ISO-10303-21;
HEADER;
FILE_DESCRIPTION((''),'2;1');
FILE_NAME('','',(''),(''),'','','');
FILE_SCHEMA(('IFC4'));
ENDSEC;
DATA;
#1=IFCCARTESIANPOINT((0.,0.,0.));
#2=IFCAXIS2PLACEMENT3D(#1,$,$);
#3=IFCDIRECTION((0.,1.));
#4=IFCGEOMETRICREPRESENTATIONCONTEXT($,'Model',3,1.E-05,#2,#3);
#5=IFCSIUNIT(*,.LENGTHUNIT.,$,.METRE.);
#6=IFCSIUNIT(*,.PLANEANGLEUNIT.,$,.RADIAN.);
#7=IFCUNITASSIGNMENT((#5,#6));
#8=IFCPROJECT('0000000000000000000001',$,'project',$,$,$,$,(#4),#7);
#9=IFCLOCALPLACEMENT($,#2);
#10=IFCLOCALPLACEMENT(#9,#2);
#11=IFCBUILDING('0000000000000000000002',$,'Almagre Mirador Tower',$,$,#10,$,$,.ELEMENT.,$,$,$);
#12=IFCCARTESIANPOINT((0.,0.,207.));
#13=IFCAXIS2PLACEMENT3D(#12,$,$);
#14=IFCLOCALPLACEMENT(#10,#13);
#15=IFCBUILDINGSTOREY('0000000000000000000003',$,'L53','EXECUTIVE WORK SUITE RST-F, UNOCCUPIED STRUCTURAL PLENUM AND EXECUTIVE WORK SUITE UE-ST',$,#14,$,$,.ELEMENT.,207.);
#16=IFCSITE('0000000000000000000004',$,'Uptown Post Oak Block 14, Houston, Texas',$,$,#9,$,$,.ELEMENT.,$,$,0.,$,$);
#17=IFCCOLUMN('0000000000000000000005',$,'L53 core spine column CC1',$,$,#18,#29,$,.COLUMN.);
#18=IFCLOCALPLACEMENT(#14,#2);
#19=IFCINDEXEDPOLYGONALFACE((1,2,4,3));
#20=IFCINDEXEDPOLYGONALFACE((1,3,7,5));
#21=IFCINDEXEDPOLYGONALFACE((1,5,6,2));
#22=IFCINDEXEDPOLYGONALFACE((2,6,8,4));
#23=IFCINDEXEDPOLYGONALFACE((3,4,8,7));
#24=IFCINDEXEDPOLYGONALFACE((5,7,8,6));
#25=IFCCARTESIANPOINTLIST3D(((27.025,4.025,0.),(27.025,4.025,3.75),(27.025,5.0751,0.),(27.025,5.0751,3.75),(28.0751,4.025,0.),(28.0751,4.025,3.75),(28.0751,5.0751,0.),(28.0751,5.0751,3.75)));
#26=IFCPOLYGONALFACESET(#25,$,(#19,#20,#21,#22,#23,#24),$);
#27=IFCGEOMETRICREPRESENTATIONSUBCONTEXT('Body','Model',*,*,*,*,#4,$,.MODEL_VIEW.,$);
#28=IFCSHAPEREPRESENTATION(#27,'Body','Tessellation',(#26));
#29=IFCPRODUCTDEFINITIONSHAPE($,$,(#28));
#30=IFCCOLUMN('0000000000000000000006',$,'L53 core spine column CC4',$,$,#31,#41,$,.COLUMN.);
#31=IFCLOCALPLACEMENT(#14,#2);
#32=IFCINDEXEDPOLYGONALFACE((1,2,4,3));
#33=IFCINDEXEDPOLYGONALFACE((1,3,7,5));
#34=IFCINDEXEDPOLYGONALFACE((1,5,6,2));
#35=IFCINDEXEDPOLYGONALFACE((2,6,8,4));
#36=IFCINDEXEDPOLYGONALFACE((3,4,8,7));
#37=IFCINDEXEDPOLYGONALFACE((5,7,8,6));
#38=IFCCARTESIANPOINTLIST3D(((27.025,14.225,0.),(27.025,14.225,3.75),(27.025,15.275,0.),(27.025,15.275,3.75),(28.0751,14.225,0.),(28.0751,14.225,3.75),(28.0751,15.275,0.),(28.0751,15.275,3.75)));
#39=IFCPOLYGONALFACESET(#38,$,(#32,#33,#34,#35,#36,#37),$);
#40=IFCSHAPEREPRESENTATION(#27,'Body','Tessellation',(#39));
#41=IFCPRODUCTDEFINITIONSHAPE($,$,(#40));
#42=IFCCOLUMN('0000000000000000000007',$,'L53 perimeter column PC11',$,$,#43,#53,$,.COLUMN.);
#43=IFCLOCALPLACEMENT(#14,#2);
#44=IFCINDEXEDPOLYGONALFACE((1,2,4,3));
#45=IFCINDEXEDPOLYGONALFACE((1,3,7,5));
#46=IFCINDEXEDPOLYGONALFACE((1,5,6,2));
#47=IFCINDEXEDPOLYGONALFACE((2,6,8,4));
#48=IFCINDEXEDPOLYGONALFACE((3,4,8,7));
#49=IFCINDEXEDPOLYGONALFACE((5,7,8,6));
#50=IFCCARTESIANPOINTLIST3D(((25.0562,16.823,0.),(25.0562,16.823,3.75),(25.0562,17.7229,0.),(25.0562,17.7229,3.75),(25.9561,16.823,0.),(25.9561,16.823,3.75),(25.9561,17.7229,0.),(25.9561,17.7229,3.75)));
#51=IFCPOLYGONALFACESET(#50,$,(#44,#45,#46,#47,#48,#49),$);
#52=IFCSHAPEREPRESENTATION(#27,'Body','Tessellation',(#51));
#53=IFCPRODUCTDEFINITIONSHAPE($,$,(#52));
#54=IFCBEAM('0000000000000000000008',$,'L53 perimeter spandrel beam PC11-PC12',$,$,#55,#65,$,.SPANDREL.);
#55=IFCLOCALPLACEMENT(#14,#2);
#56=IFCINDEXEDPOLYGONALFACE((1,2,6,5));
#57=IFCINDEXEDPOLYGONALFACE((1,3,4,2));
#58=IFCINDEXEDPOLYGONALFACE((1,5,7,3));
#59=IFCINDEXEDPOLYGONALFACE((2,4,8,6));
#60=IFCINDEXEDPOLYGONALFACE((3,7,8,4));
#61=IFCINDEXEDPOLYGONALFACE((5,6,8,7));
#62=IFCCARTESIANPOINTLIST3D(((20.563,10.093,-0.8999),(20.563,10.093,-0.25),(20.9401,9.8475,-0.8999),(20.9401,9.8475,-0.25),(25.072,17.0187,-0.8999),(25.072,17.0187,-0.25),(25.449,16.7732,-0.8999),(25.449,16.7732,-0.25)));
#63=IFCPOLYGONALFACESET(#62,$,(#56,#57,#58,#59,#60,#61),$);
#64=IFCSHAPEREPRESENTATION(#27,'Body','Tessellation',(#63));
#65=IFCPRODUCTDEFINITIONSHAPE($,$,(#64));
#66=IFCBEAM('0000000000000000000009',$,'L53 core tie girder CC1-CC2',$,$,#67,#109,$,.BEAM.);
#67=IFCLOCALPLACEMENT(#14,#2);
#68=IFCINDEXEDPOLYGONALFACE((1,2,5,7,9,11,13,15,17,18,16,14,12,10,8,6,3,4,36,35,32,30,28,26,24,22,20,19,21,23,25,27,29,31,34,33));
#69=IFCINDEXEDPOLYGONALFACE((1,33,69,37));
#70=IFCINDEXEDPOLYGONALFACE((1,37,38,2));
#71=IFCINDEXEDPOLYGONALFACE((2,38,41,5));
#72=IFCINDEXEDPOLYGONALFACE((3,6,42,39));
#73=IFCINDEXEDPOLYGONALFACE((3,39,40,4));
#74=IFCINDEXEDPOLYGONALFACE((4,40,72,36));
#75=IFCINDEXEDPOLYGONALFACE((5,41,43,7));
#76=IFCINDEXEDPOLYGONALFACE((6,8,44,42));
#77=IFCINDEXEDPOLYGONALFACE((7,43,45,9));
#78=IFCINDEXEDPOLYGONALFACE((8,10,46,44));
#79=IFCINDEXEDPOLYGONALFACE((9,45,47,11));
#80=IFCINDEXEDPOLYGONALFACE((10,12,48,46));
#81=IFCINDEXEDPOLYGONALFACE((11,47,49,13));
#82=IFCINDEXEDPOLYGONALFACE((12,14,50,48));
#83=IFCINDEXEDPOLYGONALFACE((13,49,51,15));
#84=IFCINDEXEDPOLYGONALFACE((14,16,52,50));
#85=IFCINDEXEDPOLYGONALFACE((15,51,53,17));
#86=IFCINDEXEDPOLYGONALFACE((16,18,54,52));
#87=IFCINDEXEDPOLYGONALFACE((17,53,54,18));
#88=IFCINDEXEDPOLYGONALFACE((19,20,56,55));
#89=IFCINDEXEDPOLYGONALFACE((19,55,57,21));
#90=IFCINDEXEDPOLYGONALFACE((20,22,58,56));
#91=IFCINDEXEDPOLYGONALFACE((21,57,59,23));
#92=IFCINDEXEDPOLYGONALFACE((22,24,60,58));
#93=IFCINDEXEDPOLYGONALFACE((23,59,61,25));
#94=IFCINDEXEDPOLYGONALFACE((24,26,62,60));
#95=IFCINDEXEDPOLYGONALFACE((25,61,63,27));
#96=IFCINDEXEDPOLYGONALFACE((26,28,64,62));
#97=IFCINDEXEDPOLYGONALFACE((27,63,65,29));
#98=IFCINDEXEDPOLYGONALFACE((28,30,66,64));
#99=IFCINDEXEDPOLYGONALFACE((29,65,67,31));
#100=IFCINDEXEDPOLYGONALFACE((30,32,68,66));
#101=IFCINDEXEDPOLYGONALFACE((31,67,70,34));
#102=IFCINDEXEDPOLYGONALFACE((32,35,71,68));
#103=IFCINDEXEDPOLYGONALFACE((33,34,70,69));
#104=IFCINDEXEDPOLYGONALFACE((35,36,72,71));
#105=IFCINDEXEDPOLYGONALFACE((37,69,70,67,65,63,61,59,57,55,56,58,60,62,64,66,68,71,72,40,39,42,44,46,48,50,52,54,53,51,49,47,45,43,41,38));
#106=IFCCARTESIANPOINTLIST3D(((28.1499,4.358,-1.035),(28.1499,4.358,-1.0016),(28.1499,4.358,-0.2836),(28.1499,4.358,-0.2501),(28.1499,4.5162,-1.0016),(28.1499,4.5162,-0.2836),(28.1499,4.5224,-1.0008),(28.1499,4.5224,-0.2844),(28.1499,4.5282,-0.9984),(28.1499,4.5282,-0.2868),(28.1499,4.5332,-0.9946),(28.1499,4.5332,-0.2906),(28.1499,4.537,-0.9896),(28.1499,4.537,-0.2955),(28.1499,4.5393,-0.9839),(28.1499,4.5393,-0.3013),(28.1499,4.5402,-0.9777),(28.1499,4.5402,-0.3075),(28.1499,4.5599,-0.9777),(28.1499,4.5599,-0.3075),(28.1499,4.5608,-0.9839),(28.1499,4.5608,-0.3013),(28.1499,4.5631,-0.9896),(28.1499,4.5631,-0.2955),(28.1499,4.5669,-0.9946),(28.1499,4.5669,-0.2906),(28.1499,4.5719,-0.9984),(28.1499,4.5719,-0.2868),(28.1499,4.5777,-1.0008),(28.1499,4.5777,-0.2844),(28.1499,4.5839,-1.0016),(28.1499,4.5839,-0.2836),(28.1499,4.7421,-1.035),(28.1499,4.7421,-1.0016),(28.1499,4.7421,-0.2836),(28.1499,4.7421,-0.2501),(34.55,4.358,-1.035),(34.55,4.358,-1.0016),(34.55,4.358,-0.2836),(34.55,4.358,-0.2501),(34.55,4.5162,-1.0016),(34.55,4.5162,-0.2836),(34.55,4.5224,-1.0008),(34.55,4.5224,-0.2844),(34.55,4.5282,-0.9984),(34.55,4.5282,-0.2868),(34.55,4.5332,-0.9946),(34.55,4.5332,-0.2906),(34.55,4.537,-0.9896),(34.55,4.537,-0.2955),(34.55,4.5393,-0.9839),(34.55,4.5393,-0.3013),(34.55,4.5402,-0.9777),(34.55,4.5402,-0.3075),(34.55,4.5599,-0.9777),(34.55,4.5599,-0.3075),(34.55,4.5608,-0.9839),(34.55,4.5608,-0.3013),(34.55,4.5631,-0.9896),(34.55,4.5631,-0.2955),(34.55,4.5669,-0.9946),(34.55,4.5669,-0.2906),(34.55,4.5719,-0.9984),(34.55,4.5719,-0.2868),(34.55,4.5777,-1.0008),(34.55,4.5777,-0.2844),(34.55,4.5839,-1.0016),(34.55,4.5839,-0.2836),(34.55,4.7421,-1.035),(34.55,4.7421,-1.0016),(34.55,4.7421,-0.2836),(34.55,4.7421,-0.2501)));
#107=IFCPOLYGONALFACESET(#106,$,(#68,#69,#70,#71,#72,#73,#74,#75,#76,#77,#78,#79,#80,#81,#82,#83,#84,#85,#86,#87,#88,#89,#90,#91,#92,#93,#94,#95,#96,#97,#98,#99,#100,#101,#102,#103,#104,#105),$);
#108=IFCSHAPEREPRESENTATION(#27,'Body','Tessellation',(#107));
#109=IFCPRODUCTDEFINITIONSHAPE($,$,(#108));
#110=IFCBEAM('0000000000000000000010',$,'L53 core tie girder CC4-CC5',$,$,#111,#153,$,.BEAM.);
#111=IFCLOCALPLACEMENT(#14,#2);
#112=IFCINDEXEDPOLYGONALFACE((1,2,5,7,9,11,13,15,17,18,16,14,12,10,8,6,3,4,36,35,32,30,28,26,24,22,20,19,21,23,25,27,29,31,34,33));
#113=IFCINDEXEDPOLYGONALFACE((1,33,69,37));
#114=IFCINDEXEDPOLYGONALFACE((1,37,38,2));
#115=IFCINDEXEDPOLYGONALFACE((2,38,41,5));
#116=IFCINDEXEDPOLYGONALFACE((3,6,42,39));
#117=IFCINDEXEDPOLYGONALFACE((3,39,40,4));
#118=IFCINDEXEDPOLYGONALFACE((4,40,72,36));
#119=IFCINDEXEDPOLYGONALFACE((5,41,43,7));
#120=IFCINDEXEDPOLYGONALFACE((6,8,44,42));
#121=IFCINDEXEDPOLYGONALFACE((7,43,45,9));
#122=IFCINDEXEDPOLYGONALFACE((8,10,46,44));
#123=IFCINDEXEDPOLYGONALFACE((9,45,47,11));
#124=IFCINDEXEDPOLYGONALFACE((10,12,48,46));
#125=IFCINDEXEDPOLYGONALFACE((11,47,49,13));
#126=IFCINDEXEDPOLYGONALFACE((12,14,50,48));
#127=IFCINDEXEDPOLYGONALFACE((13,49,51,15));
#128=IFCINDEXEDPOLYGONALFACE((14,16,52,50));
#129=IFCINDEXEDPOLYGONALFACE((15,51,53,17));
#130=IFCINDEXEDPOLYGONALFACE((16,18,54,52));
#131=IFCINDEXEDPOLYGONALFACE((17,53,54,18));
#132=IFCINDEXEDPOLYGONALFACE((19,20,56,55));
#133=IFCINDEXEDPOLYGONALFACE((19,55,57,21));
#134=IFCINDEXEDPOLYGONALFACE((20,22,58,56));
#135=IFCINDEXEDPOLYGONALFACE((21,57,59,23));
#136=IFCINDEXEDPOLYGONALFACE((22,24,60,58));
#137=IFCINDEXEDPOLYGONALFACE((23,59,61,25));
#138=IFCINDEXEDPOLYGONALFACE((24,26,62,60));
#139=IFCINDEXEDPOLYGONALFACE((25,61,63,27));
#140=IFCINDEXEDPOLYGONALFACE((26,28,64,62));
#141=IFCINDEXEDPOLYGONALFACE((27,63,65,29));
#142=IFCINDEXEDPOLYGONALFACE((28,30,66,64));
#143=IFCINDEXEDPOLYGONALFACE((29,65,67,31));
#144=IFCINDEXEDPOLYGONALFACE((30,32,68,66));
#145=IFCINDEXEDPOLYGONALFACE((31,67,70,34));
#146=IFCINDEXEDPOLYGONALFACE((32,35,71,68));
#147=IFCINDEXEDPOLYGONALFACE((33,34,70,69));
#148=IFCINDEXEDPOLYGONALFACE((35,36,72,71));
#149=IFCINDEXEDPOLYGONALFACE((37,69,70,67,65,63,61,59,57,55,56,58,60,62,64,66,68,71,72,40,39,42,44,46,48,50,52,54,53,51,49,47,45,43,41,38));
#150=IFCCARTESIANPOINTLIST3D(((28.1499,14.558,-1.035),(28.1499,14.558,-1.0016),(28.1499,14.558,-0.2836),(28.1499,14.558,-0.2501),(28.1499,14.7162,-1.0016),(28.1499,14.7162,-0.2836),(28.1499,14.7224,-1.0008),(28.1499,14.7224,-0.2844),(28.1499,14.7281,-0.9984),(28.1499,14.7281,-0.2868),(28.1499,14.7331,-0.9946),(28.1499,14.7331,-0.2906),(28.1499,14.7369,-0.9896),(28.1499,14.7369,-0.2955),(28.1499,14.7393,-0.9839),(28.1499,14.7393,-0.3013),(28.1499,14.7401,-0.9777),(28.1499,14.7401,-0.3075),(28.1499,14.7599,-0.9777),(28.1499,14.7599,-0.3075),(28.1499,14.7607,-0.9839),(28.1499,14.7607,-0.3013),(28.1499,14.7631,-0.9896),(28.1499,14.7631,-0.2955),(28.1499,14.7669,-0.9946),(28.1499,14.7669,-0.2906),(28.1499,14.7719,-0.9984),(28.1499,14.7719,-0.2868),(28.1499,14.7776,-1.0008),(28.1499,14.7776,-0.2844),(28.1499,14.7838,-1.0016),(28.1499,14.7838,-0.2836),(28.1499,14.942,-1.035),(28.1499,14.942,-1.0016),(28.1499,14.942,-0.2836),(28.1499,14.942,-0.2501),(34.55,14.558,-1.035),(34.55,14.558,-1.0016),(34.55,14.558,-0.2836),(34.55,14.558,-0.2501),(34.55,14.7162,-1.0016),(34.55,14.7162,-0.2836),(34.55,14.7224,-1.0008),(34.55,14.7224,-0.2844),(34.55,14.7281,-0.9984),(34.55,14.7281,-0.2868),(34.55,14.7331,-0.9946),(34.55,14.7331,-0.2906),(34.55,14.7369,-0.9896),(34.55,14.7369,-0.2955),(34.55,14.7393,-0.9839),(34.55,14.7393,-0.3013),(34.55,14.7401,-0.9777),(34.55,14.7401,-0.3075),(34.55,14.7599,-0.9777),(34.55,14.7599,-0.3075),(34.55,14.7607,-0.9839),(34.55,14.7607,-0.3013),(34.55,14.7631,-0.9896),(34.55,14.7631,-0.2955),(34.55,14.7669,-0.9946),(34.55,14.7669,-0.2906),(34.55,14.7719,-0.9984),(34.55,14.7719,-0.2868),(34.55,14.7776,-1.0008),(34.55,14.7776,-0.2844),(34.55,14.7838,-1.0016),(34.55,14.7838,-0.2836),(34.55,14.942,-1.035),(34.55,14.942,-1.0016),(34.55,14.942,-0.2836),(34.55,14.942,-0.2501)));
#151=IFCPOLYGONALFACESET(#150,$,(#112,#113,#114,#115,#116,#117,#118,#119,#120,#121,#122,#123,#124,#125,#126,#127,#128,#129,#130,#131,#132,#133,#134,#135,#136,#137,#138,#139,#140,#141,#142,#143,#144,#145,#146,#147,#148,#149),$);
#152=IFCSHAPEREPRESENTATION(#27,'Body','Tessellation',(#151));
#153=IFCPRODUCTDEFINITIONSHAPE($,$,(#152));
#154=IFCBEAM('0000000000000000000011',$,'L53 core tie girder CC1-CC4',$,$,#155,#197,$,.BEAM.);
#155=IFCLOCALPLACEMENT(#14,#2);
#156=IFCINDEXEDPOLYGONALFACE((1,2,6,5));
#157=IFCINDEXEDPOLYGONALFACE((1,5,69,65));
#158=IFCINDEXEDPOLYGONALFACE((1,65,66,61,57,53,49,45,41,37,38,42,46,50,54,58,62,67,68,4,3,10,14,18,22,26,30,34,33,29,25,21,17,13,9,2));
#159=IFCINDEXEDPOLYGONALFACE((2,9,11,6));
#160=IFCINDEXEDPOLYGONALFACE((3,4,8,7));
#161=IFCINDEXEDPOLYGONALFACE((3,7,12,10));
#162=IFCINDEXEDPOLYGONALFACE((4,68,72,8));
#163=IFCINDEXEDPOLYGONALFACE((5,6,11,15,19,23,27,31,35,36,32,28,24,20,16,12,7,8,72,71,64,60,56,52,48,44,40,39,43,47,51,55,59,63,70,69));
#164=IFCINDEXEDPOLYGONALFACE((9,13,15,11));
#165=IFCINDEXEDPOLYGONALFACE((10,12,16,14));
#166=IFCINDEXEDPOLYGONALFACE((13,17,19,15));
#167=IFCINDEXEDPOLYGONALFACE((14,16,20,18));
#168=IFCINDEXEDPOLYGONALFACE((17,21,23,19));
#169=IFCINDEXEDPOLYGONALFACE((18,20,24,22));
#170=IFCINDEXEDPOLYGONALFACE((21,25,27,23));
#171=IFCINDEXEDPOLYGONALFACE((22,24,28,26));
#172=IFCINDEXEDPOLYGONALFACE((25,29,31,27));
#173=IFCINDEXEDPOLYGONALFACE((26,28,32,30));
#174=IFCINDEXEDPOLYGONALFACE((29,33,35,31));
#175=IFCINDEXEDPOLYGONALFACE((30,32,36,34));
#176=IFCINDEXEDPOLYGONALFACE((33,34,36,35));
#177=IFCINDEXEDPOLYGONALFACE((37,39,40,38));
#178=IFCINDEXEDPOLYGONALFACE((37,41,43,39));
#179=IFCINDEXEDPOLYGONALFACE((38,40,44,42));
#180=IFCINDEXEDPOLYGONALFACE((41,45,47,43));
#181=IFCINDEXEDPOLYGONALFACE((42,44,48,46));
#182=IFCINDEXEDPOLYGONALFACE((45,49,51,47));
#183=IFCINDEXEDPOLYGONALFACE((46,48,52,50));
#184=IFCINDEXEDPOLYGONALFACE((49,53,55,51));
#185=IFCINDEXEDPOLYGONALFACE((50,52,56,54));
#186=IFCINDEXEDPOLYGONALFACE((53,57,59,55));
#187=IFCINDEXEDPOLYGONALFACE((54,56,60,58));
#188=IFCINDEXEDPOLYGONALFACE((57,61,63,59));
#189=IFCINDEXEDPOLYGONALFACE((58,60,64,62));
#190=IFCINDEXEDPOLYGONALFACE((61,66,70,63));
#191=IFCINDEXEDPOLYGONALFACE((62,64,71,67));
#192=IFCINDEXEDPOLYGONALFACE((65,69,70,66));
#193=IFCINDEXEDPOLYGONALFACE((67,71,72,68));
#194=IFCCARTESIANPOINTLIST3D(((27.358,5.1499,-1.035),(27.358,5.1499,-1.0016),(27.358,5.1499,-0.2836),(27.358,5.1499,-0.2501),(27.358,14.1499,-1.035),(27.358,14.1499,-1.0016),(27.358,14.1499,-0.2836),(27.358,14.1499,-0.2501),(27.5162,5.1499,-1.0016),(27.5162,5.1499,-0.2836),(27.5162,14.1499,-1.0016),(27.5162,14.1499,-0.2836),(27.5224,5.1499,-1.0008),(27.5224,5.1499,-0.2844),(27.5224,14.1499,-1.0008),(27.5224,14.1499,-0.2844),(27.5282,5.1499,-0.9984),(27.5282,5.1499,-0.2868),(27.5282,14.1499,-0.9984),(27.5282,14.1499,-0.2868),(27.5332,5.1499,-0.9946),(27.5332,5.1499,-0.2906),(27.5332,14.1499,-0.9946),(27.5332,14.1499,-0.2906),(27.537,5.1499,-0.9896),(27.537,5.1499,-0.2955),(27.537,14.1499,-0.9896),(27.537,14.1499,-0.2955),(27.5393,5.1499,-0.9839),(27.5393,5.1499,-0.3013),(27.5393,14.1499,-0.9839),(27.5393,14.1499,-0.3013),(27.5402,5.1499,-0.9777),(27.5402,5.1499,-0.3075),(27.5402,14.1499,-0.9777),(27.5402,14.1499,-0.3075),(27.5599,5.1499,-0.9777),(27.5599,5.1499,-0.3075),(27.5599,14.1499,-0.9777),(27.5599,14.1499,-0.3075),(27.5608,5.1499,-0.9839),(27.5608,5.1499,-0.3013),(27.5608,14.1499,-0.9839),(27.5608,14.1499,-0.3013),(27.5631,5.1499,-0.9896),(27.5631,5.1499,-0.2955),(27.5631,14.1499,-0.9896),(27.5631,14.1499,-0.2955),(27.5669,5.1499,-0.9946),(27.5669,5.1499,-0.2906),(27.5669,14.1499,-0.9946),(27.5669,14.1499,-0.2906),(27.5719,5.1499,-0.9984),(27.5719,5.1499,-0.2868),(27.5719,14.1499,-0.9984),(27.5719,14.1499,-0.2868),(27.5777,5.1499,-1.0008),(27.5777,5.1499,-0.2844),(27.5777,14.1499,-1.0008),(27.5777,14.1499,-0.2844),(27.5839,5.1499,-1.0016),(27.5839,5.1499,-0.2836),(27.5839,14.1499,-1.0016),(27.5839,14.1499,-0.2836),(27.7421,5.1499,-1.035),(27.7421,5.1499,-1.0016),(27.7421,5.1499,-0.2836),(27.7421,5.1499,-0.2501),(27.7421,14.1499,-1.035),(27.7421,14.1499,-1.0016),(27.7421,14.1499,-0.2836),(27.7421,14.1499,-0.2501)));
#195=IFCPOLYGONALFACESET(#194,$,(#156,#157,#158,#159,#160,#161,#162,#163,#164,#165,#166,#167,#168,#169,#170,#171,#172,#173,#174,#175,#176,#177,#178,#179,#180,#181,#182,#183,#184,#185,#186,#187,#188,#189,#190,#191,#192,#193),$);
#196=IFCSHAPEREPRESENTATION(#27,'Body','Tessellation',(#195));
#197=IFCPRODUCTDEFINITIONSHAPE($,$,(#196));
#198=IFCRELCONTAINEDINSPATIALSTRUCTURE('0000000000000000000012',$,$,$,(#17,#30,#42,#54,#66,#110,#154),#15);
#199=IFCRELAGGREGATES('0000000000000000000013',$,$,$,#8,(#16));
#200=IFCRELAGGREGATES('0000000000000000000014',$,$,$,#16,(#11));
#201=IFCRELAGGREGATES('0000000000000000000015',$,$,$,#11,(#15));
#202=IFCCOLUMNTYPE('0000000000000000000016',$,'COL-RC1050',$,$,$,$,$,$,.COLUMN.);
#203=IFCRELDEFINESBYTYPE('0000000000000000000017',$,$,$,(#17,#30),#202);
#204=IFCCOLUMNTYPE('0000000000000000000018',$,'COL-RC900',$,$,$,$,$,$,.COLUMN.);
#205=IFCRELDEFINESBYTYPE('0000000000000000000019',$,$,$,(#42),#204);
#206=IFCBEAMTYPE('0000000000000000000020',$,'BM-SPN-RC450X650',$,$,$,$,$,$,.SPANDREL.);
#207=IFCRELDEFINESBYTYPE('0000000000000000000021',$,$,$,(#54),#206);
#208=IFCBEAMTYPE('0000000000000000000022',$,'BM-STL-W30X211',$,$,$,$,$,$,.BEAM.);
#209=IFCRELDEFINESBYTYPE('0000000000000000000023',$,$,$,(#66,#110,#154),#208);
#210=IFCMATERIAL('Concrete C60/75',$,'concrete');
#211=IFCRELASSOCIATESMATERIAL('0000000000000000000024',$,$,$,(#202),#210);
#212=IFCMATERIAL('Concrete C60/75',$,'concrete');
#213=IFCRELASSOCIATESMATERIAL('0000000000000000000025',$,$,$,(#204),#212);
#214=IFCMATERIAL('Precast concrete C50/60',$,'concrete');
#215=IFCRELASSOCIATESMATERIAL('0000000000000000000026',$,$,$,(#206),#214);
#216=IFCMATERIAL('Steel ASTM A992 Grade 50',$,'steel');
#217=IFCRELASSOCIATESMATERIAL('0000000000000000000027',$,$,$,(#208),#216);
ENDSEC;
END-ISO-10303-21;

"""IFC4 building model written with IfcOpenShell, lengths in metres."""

from ifc_helpers import new_model, si_unit, direction, frame, origin, origin_2d, place, context, subcontext, project, spatial, rectangle, i_section, extrude, material, material_profile, profile_set, type_object, element, save


model = new_model("IFC4")

# Units and contexts
model_context = context("Model", 3, precision=1e-05, world=origin(), true_north=direction((0.0, 1.0)))
body_context = subcontext(model_context, "Body", "Model", "MODEL_VIEW")
ifc_project = project(units=[si_unit("LENGTHUNIT", "METRE"), si_unit("PLANEANGLEUNIT", "RADIAN")], contexts=[model_context])

# Site, building, storey
site_placement = place(None, origin())
site = spatial("IfcSite", under=ifc_project, at=site_placement, Name="Uptown Post Oak Block 14, Houston, Texas", CompositionType="ELEMENT", RefElevation=0.0)
building_placement = place(site_placement, origin())
building = spatial("IfcBuilding", under=site, at=building_placement, Name="Almagre Mirador Tower", CompositionType="ELEMENT")
storey_placement = place(building_placement, frame((0.0, 0.0, 207.0)))
storey = spatial("IfcBuildingStorey", under=building, at=storey_placement, Name="L53", Description="EXECUTIVE WORK SUITE RST-F, UNOCCUPIED STRUCTURAL PLENUM AND EXECUTIVE WORK SUITE UE-ST", CompositionType="ELEMENT", Elevation=207.0)

# Columns
ifc_material_1 = material(Name="Concrete C60/75", Category="concrete")
ifc_material_profile_1 = material_profile(ifc_material_1, rectangle(XDim=1.05, YDim=1.05, at=origin_2d()), Name="RC1050X1050")
ifc_profile_set_1 = profile_set([ifc_material_profile_1], Name="Concrete C60/75")
column_type_1 = type_object("IfcColumnType", Name="COL-RC1050", PredefinedType="COLUMN", material=ifc_profile_set_1)
for number, where, z_axis, x_axis, name in (
    (1, (27.55, 4.55, 0.0), (0.0, 0.0, 1.0), (1.0, 0.0, 0.0), "L53 core spine column CC1"),
    (2, (27.55, 14.75, 0.0), (0.0, 0.0, 1.0), (1.0, 0.0, 0.0), "L53 core spine column CC4"),
):
    element("IfcColumn", number, at=place(storey_placement, frame(where, z_axis=z_axis, x_axis=x_axis)), inside=storey, type_object=column_type_1, Name=name, PredefinedType="COLUMN", context=body_context, shape_type="SweptSolid", body=[
        extrude(rectangle(XDim=1.05, YDim=1.05, at=origin_2d()), origin(), (0.0, 0.0, 1.0), 3.75),
    ])
ifc_material_2 = material(Name="Concrete C60/75", Category="concrete")
ifc_material_profile_2 = material_profile(ifc_material_2, rectangle(XDim=0.8999, YDim=0.8999, at=origin_2d()), Name="RC900X900")
ifc_profile_set_2 = profile_set([ifc_material_profile_2], Name="Concrete C60/75")
column_type_2 = type_object("IfcColumnType", Name="COL-RC900", PredefinedType="COLUMN", material=ifc_profile_set_2)
column_placement = place(storey_placement, frame((25.5061, 17.2729, 0.0), z_axis=(0.0, 0.0, 1.0), x_axis=(1.0, 0.0, 0.0)))
element("IfcColumn", 3, at=column_placement, inside=storey, type_object=column_type_2, Name="L53 perimeter column PC11", PredefinedType="COLUMN", context=body_context, shape_type="SweptSolid", body=[
    extrude(rectangle(XDim=0.8999, YDim=0.8999, at=origin_2d()), origin(), (0.0, 0.0, 1.0), 3.75),
])

# Beams
ifc_material_3 = material(Name="Precast concrete C50/60", Category="concrete")
ifc_material_profile_3 = material_profile(ifc_material_3, rectangle(XDim=0.45, YDim=0.6499, at=origin_2d()), Name="RC450X650")
ifc_profile_set_3 = profile_set([ifc_material_profile_3], Name="Precast concrete C50/60")
beam_type_1 = type_object("IfcBeamType", Name="BM-SPN-RC450X650", PredefinedType="SPANDREL", material=ifc_profile_set_3)
beam_1_placement = place(storey_placement, frame((25.2605, 16.896, -0.575), z_axis=(-0.545607, -0.838041, 0.0), x_axis=(0.838041, -0.545607, 0.0)))
element("IfcBeam", 4, at=beam_1_placement, inside=storey, type_object=beam_type_1, Name="L53 perimeter spandrel beam PC11-PC12", PredefinedType="SPANDREL", context=body_context, shape_type="SweptSolid", body=[
    extrude(rectangle(XDim=0.45, YDim=0.6499, at=origin_2d()), origin(), (0.0, 0.0, 1.0), 8.2642),
])
ifc_material_4 = material(Name="Steel ASTM A992 Grade 50", Category="steel")
ifc_material_profile_4 = material_profile(ifc_material_4, i_section(OverallWidth=0.384, OverallDepth=0.7849, WebThickness=0.0198, FlangeThickness=0.0334, FilletRadius=0.0239, at=origin_2d()), Name="W30X211")
ifc_profile_set_4 = profile_set([ifc_material_profile_4], Name="Steel ASTM A992 Grade 50")
beam_type_2 = type_object("IfcBeamType", Name="BM-STL-W30X211", PredefinedType="BEAM", material=ifc_profile_set_4)
for number, where, z_axis, x_axis, name in (
    (5, (28.1499, 4.55, -0.6426), (1.0, 0.0, 0.0), (0.0, 1.0, 0.0), "L53 core tie girder CC1-CC2"),
    (6, (28.1499, 14.75, -0.6426), (1.0, 0.0, 0.0), (0.0, 1.0, 0.0), "L53 core tie girder CC4-CC5"),
):
    element("IfcBeam", number, at=place(storey_placement, frame(where, z_axis=z_axis, x_axis=x_axis)), inside=storey, type_object=beam_type_2, Name=name, PredefinedType="BEAM", context=body_context, shape_type="SweptSolid", body=[
        extrude(i_section(OverallWidth=0.384, OverallDepth=0.7849, WebThickness=0.0198, FlangeThickness=0.0334, FilletRadius=0.0239, at=origin_2d()), origin(), (0.0, 0.0, 1.0), 6.4001),
    ])
beam_2_placement = place(storey_placement, frame((27.55, 5.1499, -0.6426), z_axis=(0.0, 1.0, 0.0), x_axis=(-1.0, 0.0, 0.0)))
element("IfcBeam", 7, at=beam_2_placement, inside=storey, type_object=beam_type_2, Name="L53 core tie girder CC1-CC4", PredefinedType="BEAM", context=body_context, shape_type="SweptSolid", body=[
    extrude(i_section(OverallWidth=0.384, OverallDepth=0.7849, WebThickness=0.0198, FlangeThickness=0.0334, FilletRadius=0.0239, at=origin_2d()), origin(), (0.0, 0.0, 1.0), 9.0),
])

save(model, "model.ifc")
